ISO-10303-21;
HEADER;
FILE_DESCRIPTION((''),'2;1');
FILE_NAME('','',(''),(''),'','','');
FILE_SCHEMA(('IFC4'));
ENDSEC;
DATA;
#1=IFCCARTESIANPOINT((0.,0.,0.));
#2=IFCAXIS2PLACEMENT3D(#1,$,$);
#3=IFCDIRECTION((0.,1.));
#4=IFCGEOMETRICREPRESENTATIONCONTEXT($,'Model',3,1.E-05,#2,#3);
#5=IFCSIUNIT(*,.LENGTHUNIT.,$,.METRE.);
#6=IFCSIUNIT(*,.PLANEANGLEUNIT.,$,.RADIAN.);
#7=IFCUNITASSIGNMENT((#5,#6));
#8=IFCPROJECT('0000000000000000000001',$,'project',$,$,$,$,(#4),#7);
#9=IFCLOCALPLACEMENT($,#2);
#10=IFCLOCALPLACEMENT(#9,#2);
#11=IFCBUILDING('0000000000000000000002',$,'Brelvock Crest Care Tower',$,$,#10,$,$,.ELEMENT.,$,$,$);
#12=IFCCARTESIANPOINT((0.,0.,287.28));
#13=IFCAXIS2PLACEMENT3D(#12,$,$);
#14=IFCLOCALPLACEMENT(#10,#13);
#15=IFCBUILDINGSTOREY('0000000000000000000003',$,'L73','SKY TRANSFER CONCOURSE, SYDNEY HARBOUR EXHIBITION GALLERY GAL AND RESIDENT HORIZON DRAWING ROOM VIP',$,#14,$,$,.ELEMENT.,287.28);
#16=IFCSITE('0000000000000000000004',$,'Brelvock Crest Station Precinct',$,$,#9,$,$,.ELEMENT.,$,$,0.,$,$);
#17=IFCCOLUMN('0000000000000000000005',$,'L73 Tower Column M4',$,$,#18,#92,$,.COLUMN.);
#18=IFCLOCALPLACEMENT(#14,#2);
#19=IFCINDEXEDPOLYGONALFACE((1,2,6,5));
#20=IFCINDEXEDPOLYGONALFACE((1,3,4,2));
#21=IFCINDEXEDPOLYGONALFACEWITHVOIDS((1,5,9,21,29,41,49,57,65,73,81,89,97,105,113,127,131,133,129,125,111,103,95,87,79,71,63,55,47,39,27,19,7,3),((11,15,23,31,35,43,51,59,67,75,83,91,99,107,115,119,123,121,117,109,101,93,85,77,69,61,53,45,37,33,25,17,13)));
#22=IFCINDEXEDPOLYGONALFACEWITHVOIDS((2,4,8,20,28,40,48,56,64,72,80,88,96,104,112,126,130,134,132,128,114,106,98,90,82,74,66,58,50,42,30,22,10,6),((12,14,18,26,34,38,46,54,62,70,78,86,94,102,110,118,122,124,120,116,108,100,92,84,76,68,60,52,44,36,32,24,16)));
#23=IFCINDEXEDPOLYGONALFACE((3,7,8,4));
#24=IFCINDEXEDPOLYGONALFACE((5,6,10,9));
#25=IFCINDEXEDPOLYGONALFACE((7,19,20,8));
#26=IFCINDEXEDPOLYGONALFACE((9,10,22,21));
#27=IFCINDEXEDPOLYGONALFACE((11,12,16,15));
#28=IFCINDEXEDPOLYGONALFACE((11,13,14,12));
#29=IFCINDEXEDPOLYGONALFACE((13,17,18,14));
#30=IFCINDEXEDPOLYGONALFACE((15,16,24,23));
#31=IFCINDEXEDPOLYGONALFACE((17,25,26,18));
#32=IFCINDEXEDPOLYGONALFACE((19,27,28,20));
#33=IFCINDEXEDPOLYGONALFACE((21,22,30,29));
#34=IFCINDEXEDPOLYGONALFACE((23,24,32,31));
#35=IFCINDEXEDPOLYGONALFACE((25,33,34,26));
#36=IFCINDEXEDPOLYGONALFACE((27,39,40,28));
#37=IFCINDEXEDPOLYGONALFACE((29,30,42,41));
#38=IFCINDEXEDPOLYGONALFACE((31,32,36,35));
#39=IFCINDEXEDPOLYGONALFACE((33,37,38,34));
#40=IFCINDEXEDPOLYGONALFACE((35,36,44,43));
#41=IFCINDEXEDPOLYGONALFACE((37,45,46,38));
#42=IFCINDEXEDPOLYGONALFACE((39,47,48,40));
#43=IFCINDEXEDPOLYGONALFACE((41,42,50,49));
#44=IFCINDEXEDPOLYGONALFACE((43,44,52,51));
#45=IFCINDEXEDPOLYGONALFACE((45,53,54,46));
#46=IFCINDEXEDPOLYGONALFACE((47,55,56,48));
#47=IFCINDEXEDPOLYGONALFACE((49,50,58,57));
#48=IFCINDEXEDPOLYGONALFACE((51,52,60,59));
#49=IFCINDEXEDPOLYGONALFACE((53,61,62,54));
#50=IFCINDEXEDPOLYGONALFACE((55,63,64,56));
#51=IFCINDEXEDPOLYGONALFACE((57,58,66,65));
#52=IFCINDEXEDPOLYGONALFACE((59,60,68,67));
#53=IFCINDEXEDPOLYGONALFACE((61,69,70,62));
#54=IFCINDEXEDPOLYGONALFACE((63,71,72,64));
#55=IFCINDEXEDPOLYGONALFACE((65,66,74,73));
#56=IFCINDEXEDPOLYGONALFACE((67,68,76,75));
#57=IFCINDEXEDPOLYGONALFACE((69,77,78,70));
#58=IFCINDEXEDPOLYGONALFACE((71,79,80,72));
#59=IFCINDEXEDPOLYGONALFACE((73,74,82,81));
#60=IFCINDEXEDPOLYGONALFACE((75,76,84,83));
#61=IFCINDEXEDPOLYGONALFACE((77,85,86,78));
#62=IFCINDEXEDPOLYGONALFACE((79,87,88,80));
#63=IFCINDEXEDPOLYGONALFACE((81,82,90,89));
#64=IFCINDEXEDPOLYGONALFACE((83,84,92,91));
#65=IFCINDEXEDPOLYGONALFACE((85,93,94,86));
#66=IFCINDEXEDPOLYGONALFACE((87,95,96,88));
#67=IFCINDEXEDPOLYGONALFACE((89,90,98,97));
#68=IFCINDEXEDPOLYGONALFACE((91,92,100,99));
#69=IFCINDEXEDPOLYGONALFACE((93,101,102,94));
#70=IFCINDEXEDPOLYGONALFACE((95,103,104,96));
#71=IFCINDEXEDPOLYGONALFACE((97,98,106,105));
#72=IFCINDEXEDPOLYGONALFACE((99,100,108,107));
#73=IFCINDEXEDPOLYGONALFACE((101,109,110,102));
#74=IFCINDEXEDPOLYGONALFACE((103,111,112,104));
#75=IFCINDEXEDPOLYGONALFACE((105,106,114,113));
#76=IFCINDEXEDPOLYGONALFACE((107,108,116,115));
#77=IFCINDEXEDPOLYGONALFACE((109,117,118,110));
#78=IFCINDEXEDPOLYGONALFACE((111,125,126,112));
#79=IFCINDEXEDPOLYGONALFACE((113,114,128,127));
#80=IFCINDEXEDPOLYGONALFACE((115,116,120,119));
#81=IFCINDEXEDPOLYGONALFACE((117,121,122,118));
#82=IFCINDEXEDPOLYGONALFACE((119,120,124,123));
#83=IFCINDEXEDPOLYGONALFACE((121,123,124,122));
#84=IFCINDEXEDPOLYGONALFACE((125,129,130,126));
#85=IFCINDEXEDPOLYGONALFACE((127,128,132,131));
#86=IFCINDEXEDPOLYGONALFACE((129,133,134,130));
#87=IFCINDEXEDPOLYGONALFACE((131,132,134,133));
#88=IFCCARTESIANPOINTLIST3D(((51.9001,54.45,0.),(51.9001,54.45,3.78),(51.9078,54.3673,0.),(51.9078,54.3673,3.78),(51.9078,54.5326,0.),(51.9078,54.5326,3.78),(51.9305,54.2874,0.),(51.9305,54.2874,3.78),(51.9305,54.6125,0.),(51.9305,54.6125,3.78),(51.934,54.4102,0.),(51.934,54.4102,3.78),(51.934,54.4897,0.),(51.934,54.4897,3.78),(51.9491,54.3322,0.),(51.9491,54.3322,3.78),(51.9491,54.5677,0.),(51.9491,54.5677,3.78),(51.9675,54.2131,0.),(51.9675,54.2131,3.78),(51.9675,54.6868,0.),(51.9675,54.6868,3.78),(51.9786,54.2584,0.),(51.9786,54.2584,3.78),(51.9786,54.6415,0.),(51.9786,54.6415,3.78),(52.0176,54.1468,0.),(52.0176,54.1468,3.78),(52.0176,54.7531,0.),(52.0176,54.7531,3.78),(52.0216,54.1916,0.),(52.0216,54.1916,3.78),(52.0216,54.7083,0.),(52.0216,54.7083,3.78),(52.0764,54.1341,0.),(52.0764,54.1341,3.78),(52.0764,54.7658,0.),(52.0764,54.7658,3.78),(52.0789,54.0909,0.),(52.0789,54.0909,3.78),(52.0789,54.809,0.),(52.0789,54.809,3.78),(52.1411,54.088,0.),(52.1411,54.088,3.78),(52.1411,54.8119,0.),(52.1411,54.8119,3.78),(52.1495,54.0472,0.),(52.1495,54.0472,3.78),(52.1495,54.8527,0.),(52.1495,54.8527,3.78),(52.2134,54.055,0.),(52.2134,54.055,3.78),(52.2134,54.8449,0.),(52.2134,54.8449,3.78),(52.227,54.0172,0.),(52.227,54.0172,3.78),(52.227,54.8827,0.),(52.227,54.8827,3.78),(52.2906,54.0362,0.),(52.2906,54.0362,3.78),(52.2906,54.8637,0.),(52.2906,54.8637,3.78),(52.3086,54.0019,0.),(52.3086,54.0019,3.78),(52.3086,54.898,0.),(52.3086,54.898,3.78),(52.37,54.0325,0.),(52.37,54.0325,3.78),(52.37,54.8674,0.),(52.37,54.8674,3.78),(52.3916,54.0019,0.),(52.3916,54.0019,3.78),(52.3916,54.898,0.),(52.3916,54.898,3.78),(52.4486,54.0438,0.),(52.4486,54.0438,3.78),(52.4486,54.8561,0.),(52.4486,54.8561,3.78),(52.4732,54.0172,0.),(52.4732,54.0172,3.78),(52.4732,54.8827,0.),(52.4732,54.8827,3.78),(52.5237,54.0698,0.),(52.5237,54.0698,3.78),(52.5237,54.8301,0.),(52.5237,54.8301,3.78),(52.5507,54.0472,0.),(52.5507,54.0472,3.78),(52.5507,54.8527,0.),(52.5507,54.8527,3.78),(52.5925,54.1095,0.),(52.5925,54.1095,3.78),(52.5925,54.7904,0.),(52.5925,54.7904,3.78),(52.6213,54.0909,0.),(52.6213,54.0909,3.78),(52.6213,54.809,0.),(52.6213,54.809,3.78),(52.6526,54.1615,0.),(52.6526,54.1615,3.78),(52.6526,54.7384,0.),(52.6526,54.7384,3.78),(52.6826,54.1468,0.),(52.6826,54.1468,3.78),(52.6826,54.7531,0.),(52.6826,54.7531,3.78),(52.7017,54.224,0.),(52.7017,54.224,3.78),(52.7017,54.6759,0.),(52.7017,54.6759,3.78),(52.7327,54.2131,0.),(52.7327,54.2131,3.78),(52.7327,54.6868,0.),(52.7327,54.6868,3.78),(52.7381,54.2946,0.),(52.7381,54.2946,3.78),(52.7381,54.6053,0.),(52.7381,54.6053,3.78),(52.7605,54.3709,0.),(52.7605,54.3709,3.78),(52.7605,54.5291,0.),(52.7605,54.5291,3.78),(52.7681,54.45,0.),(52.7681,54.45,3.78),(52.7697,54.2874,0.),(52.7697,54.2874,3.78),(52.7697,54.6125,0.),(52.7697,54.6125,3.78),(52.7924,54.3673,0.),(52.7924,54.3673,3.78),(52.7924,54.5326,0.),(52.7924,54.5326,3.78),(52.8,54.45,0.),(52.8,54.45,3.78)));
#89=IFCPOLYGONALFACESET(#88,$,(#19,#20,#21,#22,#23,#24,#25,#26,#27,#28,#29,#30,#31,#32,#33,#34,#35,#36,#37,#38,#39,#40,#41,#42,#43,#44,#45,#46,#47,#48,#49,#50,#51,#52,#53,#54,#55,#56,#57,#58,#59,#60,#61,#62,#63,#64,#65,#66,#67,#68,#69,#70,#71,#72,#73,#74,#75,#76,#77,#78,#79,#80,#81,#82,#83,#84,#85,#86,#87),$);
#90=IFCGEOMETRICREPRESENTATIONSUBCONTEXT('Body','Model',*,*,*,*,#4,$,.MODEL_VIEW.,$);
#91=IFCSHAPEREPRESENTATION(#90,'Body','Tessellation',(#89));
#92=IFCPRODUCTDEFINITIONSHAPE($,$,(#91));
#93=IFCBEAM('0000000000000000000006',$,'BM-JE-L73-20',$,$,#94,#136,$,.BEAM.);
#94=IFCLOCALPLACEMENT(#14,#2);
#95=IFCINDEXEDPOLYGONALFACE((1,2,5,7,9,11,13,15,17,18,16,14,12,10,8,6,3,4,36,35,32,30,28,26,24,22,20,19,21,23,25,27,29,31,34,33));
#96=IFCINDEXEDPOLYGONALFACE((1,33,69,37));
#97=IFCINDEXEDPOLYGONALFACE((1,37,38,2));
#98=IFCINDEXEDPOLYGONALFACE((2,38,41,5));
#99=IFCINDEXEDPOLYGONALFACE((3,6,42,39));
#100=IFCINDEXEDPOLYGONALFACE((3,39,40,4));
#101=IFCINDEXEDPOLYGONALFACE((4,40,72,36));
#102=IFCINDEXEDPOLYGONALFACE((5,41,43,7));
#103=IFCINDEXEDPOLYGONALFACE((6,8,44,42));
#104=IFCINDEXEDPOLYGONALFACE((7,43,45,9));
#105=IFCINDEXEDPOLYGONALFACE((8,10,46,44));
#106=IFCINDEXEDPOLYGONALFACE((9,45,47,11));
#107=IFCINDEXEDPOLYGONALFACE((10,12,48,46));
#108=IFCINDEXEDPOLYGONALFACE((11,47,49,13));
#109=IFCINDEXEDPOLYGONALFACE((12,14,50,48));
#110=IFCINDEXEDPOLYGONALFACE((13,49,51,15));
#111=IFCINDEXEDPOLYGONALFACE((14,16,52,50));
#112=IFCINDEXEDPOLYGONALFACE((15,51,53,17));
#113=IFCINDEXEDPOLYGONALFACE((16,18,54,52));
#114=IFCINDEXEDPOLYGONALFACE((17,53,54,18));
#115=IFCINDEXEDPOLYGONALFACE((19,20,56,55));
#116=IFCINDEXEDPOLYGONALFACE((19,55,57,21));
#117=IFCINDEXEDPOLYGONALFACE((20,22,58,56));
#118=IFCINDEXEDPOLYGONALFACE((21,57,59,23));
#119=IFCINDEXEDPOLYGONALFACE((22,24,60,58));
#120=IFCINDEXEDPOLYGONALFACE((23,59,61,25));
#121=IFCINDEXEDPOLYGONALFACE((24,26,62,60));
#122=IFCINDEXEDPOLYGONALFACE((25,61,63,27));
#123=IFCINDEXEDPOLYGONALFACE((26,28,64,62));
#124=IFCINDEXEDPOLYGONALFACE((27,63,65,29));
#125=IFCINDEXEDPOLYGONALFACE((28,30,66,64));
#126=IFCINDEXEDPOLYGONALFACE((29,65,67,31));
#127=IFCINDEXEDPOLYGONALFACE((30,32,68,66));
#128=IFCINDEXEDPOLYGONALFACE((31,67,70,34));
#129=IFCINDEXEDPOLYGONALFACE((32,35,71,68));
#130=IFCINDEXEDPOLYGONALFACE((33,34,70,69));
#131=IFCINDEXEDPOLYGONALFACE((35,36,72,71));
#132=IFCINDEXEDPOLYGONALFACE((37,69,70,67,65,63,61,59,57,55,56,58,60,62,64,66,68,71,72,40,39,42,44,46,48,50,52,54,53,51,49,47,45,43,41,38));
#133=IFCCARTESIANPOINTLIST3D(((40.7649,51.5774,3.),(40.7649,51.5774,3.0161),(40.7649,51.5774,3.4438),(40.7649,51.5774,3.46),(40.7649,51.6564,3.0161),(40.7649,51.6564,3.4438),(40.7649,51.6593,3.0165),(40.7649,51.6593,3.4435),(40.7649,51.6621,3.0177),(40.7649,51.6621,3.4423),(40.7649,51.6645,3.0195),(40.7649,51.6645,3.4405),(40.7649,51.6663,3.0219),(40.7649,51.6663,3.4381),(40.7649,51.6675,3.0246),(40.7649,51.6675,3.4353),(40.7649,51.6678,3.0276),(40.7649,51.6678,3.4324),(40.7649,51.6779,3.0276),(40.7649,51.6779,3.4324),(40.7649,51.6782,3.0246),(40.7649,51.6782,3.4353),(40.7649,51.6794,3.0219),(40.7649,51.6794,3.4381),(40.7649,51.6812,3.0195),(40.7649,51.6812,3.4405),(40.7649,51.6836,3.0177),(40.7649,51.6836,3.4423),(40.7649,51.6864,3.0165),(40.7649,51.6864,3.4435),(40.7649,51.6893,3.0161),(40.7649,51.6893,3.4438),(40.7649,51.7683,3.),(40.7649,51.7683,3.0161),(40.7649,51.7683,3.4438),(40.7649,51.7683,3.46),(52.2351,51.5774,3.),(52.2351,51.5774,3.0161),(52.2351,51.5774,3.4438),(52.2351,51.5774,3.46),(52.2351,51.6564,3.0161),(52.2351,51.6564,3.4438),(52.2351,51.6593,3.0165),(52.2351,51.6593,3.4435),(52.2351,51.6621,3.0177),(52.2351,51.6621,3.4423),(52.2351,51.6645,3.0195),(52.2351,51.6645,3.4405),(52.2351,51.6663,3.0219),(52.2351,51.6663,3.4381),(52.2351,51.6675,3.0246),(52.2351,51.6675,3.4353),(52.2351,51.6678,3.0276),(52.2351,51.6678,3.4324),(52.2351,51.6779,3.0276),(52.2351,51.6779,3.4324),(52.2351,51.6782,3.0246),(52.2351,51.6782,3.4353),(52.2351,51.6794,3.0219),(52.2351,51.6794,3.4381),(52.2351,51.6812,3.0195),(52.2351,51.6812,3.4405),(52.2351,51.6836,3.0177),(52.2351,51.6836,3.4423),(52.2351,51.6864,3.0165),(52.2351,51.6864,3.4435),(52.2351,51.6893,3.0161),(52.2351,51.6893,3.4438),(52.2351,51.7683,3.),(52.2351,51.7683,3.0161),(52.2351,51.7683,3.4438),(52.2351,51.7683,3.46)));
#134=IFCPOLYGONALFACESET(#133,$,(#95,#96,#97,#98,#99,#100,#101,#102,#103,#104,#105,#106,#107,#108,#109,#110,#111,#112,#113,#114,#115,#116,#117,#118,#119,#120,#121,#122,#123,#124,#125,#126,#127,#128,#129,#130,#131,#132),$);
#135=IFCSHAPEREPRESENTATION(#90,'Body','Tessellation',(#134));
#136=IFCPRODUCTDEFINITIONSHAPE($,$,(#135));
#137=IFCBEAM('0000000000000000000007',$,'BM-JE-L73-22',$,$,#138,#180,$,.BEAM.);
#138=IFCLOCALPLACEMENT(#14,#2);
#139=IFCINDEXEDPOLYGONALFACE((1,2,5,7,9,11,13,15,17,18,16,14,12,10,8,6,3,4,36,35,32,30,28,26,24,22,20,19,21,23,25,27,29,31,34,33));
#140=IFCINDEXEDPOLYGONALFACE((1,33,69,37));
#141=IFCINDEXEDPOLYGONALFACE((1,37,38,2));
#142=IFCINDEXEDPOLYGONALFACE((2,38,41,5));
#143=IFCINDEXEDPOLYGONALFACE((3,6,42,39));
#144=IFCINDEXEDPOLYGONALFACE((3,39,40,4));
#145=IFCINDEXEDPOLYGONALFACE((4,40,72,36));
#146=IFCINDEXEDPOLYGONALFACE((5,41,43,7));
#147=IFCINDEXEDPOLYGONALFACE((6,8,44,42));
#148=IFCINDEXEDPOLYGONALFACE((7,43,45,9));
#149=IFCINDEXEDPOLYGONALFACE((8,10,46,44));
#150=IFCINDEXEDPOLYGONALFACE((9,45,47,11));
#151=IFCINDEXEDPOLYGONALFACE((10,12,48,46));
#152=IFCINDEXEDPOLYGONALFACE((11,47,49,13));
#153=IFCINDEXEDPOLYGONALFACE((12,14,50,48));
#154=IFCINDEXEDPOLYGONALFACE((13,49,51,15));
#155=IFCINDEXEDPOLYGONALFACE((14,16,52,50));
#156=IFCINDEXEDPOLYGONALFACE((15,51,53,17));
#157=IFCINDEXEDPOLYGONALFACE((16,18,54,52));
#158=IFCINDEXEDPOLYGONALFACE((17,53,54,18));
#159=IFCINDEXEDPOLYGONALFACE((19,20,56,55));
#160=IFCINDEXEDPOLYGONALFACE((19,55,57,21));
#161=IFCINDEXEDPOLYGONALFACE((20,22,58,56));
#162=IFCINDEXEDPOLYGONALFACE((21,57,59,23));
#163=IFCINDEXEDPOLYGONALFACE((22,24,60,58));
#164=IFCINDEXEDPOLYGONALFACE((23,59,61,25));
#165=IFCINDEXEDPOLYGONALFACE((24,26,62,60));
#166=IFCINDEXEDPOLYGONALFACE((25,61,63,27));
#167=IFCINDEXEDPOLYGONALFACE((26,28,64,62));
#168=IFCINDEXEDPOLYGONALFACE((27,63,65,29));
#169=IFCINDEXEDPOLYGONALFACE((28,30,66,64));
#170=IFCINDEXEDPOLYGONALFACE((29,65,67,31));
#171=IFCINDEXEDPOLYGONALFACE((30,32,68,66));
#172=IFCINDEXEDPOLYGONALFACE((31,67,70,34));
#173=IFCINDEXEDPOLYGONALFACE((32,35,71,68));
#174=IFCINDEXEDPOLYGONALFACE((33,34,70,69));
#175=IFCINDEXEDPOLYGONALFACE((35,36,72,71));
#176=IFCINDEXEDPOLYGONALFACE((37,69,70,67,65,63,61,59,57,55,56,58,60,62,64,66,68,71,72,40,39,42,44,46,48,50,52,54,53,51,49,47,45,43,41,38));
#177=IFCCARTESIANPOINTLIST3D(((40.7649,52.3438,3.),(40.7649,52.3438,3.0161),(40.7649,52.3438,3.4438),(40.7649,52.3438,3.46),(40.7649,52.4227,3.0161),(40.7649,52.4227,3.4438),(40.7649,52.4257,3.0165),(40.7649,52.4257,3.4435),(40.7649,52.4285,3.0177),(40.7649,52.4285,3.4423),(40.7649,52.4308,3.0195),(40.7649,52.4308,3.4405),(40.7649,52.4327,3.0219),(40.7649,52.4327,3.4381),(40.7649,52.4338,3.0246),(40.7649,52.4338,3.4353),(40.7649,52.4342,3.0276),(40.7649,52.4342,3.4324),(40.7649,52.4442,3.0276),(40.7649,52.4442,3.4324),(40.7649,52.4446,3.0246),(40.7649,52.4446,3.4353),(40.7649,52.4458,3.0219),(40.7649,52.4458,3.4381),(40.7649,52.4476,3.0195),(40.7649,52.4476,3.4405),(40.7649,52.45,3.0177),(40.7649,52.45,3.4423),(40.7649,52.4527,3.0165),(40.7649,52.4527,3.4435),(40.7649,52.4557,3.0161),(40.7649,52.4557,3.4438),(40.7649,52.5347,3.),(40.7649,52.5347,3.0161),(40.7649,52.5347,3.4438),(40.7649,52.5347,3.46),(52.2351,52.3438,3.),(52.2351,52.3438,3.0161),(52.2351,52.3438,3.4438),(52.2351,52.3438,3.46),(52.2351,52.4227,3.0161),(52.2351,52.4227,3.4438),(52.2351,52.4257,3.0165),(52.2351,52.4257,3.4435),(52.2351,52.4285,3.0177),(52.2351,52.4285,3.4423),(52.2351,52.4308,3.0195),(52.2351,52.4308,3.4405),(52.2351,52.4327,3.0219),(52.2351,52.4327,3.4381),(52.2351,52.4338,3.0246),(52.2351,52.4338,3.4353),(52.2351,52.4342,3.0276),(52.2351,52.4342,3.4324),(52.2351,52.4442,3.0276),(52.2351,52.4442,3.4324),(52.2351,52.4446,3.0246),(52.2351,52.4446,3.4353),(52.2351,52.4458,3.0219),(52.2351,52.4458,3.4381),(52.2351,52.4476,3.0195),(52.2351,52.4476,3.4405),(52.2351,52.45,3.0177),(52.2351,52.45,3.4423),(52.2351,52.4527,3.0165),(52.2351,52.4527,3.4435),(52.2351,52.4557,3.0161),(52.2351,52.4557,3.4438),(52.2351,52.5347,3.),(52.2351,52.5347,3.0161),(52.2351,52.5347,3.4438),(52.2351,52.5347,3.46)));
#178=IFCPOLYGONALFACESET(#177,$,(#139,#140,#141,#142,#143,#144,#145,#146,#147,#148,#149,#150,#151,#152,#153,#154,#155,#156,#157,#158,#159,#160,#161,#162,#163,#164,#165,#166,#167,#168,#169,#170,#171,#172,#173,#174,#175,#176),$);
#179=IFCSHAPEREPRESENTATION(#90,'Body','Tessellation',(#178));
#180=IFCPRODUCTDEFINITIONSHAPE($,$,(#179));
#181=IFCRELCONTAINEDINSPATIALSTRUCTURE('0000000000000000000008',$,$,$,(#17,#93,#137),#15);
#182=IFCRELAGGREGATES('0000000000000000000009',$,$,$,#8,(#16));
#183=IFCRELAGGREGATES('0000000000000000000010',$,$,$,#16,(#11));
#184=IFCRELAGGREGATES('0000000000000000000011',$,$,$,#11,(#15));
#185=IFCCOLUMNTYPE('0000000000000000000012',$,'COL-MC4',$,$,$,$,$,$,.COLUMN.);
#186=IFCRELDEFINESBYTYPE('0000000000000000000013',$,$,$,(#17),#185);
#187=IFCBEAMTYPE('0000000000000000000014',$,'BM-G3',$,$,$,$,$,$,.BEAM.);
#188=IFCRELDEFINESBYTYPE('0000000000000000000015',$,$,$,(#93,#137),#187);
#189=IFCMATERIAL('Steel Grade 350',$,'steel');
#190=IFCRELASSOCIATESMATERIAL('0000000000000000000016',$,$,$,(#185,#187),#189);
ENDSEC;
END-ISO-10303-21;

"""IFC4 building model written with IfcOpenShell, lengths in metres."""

from ifc_helpers import new_model, si_unit, direction, frame, origin, origin_2d, place, context, subcontext, project, spatial, hollow_circle, i_section, extrude, source, transform, mapped, material, material_profile, profile_set, type_object, element, save


model = new_model("IFC4")

# Units and contexts
model_context = context("Model", 3, precision=1e-05, world=origin(), true_north=direction((0.0, 1.0)))
body_context = subcontext(model_context, "Body", "Model", "MODEL_VIEW")
ifc_project = project(units=[si_unit("LENGTHUNIT", "METRE"), si_unit("PLANEANGLEUNIT", "RADIAN")], contexts=[model_context])

# Site, building, storey
site_placement = place(None, origin())
site = spatial("IfcSite", under=ifc_project, at=site_placement, Name="Brelvock Crest Station Precinct", CompositionType="ELEMENT", RefElevation=0.0)
building_placement = place(site_placement, origin())
building = spatial("IfcBuilding", under=site, at=building_placement, Name="Brelvock Crest Care Tower", CompositionType="ELEMENT")
storey_placement = place(building_placement, frame((0.0, 0.0, 287.28)))
storey = spatial("IfcBuildingStorey", under=building, at=storey_placement, Name="L73", Description="SKY TRANSFER CONCOURSE, SYDNEY HARBOUR EXHIBITION GALLERY GAL AND RESIDENT HORIZON DRAWING ROOM VIP", CompositionType="ELEMENT", Elevation=287.28)

# Column
ifc_material_1 = material(Name="Steel Grade 350", Category="steel")
ifc_material_profile_1 = material_profile(ifc_material_1, hollow_circle(Radius=0.45, WallThickness=0.032, at=origin_2d()), Name="CFT900x32")
ifc_profile_set_1 = profile_set([ifc_material_profile_1], Name="Steel Grade 350")
column_type = type_object("IfcColumnType", Name="COL-MC4", PredefinedType="COLUMN", material=ifc_profile_set_1)
shared_shape_1 = source(origin(), body_context, "Body", "SweptSolid", [
    extrude(hollow_circle(Radius=0.45, WallThickness=0.032, at=origin_2d()), origin(), (0.0, 0.0, 1.0), 3.78),
])
column_placement = place(storey_placement, frame((52.3501, 54.45, 0.0), z_axis=(0.0, 0.0, 1.0), x_axis=(1.0, 0.0, 0.0)))
element("IfcColumn", 1, at=column_placement, inside=storey, type_object=column_type, Name="L73 Tower Column M4", PredefinedType="COLUMN", context=body_context, shape_type="MappedRepresentation", body=[
    mapped(shared_shape_1, transform((0.0, 0.0, 0.0), x_axis=(1.0, 0.0, 0.0), y_axis=(0.0, 1.0, 0.0), z_axis=(0.0, 0.0, 1.0), scale=1.0)),
])

# Beams
ifc_material_profile_2 = material_profile(ifc_material_1, i_section(OverallWidth=0.1909, OverallDepth=0.46, WebThickness=0.01, FlangeThickness=0.0161, FilletRadius=0.0115, at=origin_2d()), Name="460UB82.1")
ifc_profile_set_2 = profile_set([ifc_material_profile_2], Name="Steel Grade 350")
beam_type_1 = type_object("IfcBeamType", Name="BM-G3", PredefinedType="BEAM", material=ifc_profile_set_2)
shared_shape_2 = source(origin(), body_context, "Body", "SweptSolid", [
    extrude(i_section(OverallWidth=0.1909, OverallDepth=0.46, WebThickness=0.01, FlangeThickness=0.0161, FilletRadius=0.0115, at=origin_2d()), origin(), (0.0, 0.0, 1.0), 11.4702),
])
for number, where, z_axis, x_axis, name in (
    (2, (40.7649, 51.6729, 3.23), (1.0, 0.0, 0.0), (0.0, 1.0, 0.0), "BM-JE-L73-20"),
    (3, (40.7649, 52.4392, 3.23), (1.0, 0.0, 0.0), (0.0, 1.0, 0.0), "BM-JE-L73-22"),
):
    element("IfcBeam", number, at=place(storey_placement, frame(where, z_axis=z_axis, x_axis=x_axis)), inside=storey, type_object=beam_type_1, Name=name, PredefinedType="BEAM", context=body_context, shape_type="MappedRepresentation", body=[
        mapped(shared_shape_2, transform((0.0, 0.0, 0.0), x_axis=(1.0, 0.0, 0.0), y_axis=(0.0, 1.0, 0.0), z_axis=(0.0, 0.0, 1.0), scale=1.0)),
    ])

save(model, "model.ifc")
